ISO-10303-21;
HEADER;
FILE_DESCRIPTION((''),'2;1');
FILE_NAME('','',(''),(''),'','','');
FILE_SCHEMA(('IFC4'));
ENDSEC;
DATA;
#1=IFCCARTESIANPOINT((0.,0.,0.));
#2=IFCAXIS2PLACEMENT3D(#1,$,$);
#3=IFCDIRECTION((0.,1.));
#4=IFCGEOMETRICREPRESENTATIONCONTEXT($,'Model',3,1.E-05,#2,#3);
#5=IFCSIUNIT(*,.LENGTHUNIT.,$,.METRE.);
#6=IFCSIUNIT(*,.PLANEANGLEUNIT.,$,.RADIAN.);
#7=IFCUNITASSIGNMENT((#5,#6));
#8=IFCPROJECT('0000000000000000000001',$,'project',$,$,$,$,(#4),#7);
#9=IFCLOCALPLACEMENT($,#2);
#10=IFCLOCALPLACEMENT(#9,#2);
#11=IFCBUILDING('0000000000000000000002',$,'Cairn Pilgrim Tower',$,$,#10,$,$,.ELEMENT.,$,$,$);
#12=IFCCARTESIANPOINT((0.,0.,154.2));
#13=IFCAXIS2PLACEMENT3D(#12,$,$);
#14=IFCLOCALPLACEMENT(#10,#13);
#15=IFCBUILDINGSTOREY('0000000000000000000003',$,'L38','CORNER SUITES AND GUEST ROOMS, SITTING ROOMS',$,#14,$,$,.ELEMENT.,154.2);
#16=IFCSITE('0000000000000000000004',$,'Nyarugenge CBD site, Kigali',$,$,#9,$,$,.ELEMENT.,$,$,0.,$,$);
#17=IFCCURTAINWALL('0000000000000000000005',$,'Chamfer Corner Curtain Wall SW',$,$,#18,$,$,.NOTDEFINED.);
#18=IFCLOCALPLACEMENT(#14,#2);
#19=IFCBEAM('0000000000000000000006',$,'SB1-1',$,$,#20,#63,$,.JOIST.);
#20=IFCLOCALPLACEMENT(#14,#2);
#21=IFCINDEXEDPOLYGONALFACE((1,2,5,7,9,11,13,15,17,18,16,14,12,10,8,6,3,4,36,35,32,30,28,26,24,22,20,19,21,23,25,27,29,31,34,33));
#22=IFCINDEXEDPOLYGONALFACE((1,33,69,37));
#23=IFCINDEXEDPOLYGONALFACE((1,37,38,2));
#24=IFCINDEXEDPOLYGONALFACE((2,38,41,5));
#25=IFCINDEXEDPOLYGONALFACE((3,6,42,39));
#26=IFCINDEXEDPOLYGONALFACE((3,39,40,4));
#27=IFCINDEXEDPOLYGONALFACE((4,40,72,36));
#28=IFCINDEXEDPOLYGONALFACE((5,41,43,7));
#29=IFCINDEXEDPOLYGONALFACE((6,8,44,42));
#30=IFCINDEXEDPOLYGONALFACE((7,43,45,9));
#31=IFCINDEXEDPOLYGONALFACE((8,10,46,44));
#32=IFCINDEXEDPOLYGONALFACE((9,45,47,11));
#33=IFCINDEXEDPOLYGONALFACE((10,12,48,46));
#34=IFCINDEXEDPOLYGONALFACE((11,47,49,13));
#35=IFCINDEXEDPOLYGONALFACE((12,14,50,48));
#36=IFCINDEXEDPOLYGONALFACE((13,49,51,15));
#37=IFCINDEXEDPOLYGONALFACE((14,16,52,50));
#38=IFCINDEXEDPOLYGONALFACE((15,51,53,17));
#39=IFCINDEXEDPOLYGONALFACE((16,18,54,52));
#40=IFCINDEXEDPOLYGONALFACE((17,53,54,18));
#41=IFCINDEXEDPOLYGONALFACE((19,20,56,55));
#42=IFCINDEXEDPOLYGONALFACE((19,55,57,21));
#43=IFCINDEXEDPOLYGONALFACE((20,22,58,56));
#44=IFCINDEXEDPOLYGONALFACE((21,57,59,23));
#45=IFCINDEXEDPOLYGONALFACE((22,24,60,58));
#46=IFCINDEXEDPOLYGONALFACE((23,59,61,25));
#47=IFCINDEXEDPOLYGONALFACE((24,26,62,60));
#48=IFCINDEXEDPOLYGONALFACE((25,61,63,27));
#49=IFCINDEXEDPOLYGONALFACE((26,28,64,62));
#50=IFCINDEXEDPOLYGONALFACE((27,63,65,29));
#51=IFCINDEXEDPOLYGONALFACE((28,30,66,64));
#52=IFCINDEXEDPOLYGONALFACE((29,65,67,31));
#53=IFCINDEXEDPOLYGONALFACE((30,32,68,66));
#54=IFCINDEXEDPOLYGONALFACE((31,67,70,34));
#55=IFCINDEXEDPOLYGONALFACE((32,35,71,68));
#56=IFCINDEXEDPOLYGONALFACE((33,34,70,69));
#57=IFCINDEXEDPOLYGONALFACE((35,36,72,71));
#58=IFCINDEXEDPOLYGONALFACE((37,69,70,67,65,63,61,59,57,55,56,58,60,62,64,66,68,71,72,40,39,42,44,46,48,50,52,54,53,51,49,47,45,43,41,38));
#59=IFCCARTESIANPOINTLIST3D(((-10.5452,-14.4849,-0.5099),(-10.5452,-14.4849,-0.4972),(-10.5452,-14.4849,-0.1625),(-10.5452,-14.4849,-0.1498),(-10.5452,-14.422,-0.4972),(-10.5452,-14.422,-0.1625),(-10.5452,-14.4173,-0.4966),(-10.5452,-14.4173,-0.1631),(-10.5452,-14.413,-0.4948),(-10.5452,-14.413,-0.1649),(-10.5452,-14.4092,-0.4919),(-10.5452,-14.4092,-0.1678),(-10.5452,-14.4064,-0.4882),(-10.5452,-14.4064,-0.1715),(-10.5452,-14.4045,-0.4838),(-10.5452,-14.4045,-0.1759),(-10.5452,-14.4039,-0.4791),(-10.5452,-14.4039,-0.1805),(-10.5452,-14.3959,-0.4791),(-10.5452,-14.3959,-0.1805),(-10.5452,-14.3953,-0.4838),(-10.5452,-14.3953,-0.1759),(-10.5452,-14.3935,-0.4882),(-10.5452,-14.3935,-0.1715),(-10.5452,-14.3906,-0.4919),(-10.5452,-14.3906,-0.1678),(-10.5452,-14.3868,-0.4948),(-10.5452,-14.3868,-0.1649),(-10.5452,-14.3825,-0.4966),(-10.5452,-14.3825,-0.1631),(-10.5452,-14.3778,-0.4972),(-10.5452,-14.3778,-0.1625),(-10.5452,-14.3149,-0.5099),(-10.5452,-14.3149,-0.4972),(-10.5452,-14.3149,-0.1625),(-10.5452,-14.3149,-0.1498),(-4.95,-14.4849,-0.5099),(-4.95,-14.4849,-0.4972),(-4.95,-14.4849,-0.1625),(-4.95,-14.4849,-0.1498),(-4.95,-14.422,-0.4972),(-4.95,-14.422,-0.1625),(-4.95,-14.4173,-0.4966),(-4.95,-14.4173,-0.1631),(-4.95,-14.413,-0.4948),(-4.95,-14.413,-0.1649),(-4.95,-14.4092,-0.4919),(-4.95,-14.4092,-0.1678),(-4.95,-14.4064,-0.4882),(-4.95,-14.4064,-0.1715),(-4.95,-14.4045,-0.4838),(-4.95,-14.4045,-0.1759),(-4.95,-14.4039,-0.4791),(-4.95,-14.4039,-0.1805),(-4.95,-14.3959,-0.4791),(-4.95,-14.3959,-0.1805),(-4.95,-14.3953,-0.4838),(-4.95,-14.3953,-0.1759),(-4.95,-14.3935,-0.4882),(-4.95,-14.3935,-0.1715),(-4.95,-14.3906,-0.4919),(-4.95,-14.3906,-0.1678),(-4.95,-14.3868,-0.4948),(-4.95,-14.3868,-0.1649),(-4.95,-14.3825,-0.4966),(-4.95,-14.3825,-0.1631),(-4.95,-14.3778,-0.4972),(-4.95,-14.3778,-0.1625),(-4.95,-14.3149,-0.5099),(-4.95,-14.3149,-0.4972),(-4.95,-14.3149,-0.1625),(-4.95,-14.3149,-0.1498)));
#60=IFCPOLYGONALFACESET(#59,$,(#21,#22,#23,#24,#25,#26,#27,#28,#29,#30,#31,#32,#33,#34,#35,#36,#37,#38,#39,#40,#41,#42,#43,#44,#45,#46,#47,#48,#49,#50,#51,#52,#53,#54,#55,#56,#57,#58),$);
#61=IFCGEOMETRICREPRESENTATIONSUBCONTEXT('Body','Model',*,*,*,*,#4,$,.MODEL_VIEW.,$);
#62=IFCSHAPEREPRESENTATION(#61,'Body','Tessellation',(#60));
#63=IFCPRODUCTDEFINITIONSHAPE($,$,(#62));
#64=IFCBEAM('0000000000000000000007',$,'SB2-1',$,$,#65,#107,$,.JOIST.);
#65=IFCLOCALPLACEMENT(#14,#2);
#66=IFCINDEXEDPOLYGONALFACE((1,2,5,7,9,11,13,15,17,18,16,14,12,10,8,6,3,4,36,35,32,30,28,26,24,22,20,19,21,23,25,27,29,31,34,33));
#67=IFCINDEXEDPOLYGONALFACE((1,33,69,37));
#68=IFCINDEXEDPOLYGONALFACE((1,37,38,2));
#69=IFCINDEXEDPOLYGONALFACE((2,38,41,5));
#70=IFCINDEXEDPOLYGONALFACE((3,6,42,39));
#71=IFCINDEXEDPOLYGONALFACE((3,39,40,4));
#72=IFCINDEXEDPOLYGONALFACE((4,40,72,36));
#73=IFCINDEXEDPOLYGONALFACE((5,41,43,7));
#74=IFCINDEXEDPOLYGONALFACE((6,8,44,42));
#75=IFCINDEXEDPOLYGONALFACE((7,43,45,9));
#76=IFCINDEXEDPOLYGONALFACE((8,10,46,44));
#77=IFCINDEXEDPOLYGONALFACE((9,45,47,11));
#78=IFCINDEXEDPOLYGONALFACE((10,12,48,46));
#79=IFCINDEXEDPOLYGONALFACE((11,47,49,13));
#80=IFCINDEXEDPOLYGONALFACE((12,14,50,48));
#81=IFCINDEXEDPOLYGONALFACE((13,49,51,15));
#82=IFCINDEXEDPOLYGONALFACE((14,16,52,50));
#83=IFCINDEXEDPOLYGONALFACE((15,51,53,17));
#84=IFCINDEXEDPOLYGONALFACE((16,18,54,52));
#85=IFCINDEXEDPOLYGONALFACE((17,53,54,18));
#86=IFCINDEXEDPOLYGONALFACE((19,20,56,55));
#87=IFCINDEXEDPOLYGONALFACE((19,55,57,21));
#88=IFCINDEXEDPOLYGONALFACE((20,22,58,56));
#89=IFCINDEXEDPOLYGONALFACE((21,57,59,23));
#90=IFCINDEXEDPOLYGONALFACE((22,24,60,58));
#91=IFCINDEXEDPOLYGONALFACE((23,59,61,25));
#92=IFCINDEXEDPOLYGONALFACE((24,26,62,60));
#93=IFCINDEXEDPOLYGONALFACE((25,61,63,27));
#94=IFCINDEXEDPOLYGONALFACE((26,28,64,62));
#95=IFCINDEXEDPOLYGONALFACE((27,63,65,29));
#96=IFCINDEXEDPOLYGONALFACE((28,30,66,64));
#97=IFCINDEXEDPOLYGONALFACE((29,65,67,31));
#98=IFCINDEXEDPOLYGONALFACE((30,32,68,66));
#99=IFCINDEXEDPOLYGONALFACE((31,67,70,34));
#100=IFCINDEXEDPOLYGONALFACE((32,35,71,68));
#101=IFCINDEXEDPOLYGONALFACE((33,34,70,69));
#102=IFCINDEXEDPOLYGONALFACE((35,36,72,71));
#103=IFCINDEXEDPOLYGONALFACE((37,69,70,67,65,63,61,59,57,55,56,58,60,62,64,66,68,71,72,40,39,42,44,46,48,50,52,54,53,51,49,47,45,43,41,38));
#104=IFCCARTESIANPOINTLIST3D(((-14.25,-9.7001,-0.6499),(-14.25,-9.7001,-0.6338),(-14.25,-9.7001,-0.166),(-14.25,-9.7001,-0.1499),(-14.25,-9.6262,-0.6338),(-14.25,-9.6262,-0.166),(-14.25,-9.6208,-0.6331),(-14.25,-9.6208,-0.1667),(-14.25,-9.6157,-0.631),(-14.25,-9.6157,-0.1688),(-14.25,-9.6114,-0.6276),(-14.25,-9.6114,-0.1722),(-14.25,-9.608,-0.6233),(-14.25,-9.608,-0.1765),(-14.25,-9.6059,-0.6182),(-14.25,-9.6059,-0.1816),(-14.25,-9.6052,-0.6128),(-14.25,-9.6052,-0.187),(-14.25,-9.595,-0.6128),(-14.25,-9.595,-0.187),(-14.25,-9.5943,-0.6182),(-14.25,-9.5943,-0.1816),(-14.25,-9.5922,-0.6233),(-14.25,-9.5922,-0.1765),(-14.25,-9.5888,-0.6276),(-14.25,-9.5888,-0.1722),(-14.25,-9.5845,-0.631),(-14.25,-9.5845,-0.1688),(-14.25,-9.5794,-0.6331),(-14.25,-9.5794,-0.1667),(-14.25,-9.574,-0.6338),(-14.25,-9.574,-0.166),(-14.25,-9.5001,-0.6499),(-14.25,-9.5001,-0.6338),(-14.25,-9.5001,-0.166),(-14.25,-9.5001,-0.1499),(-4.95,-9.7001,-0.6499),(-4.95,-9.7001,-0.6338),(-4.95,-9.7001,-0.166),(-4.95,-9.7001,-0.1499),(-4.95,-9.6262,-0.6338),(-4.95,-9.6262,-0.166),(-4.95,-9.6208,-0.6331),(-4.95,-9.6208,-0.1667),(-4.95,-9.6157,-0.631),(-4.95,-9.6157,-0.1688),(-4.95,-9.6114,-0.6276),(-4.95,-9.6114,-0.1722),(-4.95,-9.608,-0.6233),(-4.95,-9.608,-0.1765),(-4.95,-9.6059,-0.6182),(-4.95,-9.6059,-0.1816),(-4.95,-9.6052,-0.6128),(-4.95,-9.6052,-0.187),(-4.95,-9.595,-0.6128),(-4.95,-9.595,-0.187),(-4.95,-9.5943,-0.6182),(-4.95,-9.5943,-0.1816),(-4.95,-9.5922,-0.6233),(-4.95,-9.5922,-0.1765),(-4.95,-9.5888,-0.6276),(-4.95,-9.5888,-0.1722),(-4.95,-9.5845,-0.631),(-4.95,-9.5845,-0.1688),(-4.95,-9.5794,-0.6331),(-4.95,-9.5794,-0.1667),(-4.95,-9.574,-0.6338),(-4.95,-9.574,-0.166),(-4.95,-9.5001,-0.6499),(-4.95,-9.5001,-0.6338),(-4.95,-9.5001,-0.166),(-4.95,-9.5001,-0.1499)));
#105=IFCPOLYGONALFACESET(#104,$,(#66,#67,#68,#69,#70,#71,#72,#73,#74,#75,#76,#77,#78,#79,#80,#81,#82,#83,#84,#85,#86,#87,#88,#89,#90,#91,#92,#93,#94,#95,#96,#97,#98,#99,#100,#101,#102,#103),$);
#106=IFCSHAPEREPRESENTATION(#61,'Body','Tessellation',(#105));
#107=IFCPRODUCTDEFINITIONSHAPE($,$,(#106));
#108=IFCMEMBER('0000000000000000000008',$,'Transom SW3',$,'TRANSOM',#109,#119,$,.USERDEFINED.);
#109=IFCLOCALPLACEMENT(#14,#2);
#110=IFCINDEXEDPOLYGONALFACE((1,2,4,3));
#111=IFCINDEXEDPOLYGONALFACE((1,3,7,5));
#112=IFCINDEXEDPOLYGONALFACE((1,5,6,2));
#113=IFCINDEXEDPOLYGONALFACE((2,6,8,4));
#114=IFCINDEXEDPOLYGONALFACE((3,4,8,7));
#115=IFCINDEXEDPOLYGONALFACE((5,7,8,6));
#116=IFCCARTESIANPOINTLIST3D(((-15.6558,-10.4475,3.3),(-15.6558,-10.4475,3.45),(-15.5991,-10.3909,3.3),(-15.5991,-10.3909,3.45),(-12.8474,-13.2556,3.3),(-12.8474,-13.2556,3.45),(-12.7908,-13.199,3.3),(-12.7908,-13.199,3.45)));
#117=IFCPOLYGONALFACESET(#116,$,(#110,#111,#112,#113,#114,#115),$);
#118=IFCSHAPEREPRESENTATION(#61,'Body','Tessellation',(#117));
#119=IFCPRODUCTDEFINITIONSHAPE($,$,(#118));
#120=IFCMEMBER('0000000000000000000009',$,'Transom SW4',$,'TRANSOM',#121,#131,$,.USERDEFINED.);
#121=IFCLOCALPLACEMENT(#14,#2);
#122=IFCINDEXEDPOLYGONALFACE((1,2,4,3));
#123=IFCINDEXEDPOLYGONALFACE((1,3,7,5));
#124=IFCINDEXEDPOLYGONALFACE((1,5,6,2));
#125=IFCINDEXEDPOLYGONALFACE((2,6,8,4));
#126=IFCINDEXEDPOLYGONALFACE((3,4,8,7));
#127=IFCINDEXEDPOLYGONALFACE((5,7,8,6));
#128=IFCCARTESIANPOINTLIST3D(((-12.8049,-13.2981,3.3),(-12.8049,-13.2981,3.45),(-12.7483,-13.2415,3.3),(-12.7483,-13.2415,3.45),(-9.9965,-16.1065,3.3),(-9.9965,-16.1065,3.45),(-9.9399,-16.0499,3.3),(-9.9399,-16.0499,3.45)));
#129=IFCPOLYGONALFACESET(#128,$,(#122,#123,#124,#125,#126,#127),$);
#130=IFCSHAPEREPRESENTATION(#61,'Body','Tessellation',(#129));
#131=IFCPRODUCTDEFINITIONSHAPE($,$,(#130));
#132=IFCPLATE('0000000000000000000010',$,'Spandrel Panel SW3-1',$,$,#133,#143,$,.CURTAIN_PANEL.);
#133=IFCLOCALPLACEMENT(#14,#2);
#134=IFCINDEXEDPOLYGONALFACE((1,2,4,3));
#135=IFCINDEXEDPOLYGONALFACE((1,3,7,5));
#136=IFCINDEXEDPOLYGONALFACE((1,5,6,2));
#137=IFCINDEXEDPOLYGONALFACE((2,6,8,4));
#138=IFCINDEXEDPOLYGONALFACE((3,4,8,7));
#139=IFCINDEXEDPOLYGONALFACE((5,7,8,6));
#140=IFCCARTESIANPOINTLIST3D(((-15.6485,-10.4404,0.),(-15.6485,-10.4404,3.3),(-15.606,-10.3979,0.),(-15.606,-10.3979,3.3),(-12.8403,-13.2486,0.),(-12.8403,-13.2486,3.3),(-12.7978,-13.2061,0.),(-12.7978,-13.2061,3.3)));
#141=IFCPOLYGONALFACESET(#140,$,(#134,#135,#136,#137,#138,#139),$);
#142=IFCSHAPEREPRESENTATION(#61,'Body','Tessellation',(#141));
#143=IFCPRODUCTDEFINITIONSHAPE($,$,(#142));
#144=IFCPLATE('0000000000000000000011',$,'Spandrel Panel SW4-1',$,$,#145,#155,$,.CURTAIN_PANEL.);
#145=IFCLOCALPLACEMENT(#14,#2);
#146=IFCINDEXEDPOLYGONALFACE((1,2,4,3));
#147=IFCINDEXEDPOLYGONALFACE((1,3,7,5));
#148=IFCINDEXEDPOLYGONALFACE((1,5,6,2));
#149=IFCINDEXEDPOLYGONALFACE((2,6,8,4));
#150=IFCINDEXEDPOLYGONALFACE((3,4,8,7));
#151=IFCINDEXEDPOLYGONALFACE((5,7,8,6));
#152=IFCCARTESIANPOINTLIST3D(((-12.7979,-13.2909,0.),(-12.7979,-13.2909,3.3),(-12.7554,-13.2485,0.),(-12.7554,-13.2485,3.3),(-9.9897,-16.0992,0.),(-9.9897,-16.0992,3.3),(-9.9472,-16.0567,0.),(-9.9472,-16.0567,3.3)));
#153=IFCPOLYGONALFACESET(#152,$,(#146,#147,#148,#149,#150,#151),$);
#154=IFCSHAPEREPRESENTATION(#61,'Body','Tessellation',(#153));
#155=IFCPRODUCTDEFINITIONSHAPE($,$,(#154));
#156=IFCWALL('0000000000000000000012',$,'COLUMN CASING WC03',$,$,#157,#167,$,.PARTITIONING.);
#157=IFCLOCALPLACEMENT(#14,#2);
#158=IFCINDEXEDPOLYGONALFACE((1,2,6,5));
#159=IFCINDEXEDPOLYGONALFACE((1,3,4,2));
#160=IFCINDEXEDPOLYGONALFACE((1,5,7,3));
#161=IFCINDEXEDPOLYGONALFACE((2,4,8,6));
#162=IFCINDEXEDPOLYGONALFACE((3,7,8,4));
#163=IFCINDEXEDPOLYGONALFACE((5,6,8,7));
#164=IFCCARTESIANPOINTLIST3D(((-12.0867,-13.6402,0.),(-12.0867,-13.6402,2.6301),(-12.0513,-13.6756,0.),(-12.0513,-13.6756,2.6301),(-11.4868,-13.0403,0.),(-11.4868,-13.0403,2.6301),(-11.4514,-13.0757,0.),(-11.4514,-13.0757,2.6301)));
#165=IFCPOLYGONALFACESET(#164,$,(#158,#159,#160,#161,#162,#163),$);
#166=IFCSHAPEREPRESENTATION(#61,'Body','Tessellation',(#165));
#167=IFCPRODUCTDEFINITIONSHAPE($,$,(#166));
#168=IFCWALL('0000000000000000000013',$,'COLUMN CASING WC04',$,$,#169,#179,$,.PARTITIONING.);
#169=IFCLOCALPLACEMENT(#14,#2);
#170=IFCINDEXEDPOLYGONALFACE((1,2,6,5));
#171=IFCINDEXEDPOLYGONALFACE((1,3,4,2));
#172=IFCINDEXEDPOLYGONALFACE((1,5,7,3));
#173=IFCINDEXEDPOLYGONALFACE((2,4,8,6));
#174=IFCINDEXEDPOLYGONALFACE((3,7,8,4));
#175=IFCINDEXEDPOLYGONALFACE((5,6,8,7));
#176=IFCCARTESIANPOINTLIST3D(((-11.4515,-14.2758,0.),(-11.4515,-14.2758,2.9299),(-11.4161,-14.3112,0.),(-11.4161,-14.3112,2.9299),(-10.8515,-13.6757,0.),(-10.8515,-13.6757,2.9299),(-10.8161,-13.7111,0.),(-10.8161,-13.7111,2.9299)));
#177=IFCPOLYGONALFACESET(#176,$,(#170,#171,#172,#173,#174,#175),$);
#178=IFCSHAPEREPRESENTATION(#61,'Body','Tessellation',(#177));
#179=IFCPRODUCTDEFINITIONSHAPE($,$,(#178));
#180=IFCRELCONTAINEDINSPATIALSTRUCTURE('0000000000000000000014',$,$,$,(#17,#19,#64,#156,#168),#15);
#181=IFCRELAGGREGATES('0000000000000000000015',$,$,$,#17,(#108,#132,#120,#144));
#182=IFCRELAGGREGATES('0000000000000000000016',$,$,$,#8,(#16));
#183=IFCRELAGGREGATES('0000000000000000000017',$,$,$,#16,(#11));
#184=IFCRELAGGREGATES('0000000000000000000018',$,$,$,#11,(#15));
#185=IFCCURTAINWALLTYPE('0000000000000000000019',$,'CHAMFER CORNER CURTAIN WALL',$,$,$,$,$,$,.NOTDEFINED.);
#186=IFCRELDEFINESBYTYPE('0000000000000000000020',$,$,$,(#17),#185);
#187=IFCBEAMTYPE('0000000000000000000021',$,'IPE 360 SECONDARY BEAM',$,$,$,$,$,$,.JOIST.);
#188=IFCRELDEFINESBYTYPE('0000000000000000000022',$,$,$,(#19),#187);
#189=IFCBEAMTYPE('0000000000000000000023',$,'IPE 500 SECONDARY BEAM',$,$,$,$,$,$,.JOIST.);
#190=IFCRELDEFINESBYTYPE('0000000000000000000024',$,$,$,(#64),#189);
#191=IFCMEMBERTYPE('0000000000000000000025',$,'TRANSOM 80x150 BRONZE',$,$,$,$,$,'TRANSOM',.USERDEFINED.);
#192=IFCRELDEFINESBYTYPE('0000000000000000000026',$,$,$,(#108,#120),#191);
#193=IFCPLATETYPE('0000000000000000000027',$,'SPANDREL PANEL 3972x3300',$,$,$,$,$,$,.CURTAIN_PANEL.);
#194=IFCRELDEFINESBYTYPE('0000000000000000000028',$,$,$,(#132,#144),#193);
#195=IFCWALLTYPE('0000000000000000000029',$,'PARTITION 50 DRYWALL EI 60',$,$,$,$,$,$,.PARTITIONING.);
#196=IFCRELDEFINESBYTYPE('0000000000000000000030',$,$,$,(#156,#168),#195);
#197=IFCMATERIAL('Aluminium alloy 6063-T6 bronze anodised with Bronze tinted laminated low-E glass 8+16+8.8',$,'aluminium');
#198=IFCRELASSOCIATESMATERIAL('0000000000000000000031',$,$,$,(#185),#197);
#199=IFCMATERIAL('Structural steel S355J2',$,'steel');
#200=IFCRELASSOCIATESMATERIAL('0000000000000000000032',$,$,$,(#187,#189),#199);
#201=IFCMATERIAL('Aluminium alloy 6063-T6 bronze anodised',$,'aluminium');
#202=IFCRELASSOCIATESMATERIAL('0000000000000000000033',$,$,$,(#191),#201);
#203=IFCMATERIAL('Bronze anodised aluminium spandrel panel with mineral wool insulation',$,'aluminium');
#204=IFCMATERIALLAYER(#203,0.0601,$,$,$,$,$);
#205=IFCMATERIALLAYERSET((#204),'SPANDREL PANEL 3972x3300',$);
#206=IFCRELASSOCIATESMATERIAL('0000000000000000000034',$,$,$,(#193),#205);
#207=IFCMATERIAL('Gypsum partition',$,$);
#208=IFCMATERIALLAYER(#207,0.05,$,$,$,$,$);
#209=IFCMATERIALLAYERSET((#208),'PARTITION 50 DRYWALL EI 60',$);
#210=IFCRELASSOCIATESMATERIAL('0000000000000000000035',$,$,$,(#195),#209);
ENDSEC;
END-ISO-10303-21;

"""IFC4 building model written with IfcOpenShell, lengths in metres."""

from ifc_helpers import new_model, si_unit, direction, frame, frame_2d, origin, origin_2d, place, context, subcontext, project, spatial, rectangle, i_section, extrude, material, layer, layer_set, material_profile, profile_set, type_object, element, aggregate, save


model = new_model("IFC4")

# Units and contexts
model_context = context("Model", 3, precision=1e-05, world=origin(), true_north=direction((0.0, 1.0)))
body_context = subcontext(model_context, "Body", "Model", "MODEL_VIEW")
ifc_project = project(units=[si_unit("LENGTHUNIT", "METRE"), si_unit("PLANEANGLEUNIT", "RADIAN")], contexts=[model_context])

# Site, building, storey
site_placement = place(None, origin())
site = spatial("IfcSite", under=ifc_project, at=site_placement, Name="Nyarugenge CBD site, Kigali", CompositionType="ELEMENT", RefElevation=0.0)
building_placement = place(site_placement, origin())
building = spatial("IfcBuilding", under=site, at=building_placement, Name="Cairn Pilgrim Tower", CompositionType="ELEMENT")
storey_placement = place(building_placement, frame((0.0, 0.0, 154.2)))
storey = spatial("IfcBuildingStorey", under=building, at=storey_placement, Name="L38", Description="CORNER SUITES AND GUEST ROOMS, SITTING ROOMS", CompositionType="ELEMENT", Elevation=154.2)

# Shared definitions
ifc_material_1 = material(Name="Structural steel S355J2", Category="steel")

# Shared definitions
ifc_material_2 = material(Name="Aluminium alloy 6063-T6 bronze anodised with Bronze tinted laminated low-E glass 8+16+8.8", Category="aluminium")
ifc_material_3 = material(Name="Aluminium alloy 6063-T6 bronze anodised", Category="aluminium")

# Curtain wall
curtain_wall_type_1 = type_object("IfcCurtainWallType", Name="CHAMFER CORNER CURTAIN WALL", PredefinedType="NOTDEFINED", material=ifc_material_2)
curtain_wall_1_placement = place(storey_placement, origin())
curtain_wall_1 = element("IfcCurtainWall", 1, at=curtain_wall_1_placement, inside=storey, type_object=curtain_wall_type_1, Name="Chamfer Corner Curtain Wall SW", PredefinedType="NOTDEFINED")

# Beams
ifc_material_profile_1 = material_profile(ifc_material_1, i_section(OverallWidth=0.1699, OverallDepth=0.3601, WebThickness=0.0081, FlangeThickness=0.0127, FilletRadius=0.0181, at=origin_2d()), Name="IPE 360")
ifc_profile_set_1 = profile_set([ifc_material_profile_1], Name="Structural steel S355J2")
beam_type_1 = type_object("IfcBeamType", Name="IPE 360 SECONDARY BEAM", PredefinedType="JOIST", material=ifc_profile_set_1)
beam_1_placement = place(storey_placement, frame((-10.5452, -14.3999, -0.3298), z_axis=(1.0, 0.0, 0.0), x_axis=(0.0, 1.0, 0.0)))
element("IfcBeam", 2, at=beam_1_placement, inside=storey, type_object=beam_type_1, Name="SB1-1", PredefinedType="JOIST", context=body_context, shape_type="SweptSolid", body=[
    extrude(i_section(OverallWidth=0.1699, OverallDepth=0.3601, WebThickness=0.0081, FlangeThickness=0.0127, FilletRadius=0.0181, at=origin_2d()), origin(), (0.0, 0.0, 1.0), 5.5952),
])
ifc_material_profile_2 = material_profile(ifc_material_1, i_section(OverallWidth=0.2, OverallDepth=0.5, WebThickness=0.0103, FlangeThickness=0.0161, FilletRadius=0.021, at=origin_2d()), Name="IPE 500")
ifc_profile_set_2 = profile_set([ifc_material_profile_2], Name="Structural steel S355J2")
beam_type_2 = type_object("IfcBeamType", Name="IPE 500 SECONDARY BEAM", PredefinedType="JOIST", material=ifc_profile_set_2)
beam_2_placement = place(storey_placement, frame((-14.25, -9.6001, -0.3999), z_axis=(1.0, 0.0, 0.0), x_axis=(0.0, 1.0, 0.0)))
element("IfcBeam", 3, at=beam_2_placement, inside=storey, type_object=beam_type_2, Name="SB2-1", PredefinedType="JOIST", context=body_context, shape_type="SweptSolid", body=[
    extrude(i_section(OverallWidth=0.2, OverallDepth=0.5, WebThickness=0.0103, FlangeThickness=0.0161, FilletRadius=0.021, at=origin_2d()), origin(), (0.0, 0.0, 1.0), 9.3),
])

# Members
ifc_material_profile_3 = material_profile(ifc_material_3, rectangle(XDim=0.0801, YDim=0.1499, at=origin_2d()), Name="TRANSOM 80x150 BRONZE")
ifc_profile_set_3 = profile_set([ifc_material_profile_3], Name="Aluminium alloy 6063-T6 bronze anodised")
member_type_1 = type_object("IfcMemberType", Name="TRANSOM 80x150 BRONZE", ElementType="TRANSOM", PredefinedType="USERDEFINED", material=ifc_profile_set_3)
member_1_placement = place(storey_placement, frame((-15.6274, -10.4192, 3.375), z_axis=(0.707138, -0.707076, 0.0), x_axis=(0.707076, 0.707138, 0.0)))
member_1 = element("IfcMember", 4, at=member_1_placement, type_object=member_type_1, Name="Transom SW3", ObjectType="TRANSOM", PredefinedType="USERDEFINED", context=body_context, shape_type="SweptSolid", body=[
    extrude(rectangle(XDim=0.0801, YDim=0.1499, at=origin_2d()), origin(), (0.0, 0.0, 1.0), 3.9714),
])
member_2_placement = place(storey_placement, frame((-12.7766, -13.2698, 3.375), z_axis=(0.707107, -0.707107, 0.0), x_axis=(0.707107, 0.707107, 0.0)))
member_2 = element("IfcMember", 5, at=member_2_placement, type_object=member_type_1, Name="Transom SW4", ObjectType="TRANSOM", PredefinedType="USERDEFINED", context=body_context, shape_type="SweptSolid", body=[
    extrude(rectangle(XDim=0.0801, YDim=0.1499, at=origin_2d()), origin(), (0.0, 0.0, 1.0), 3.9717),
])

# Plates
ifc_material_4 = material(Name="Bronze anodised aluminium spandrel panel with mineral wool insulation", Category="aluminium")
ifc_layer_1 = layer(ifc_material_4, 0.0601)
ifc_layer_set_1 = layer_set([ifc_layer_1], Name="SPANDREL PANEL 3972x3300")
plate_type = type_object("IfcPlateType", Name="SPANDREL PANEL 3972x3300", PredefinedType="CURTAIN_PANEL", material=ifc_layer_set_1)
plate_1_placement = place(storey_placement, frame((-14.2231, -11.8232, 0.0), z_axis=(0.0, 0.0, 1.0), x_axis=(0.707107, -0.707107, 0.0)))
plate_1 = element("IfcPlate", 6, at=plate_1_placement, type_object=plate_type, Name="Spandrel Panel SW3-1", PredefinedType="CURTAIN_PANEL", context=body_context, shape_type="SweptSolid", body=[
    extrude(rectangle(XDim=3.9714, YDim=0.0601, at=origin_2d()), origin(), (0.0, 0.0, 1.0), 3.3),
])
plate_2_placement = place(storey_placement, frame((-11.3726, -14.6738, 0.0), z_axis=(0.0, 0.0, 1.0), x_axis=(0.707107, -0.707107, 0.0)))
plate_2 = element("IfcPlate", 7, at=plate_2_placement, type_object=plate_type, Name="Spandrel Panel SW4-1", PredefinedType="CURTAIN_PANEL", context=body_context, shape_type="SweptSolid", body=[
    extrude(rectangle(XDim=3.9714, YDim=0.0601, at=origin_2d()), origin(), (0.0, 0.0, 1.0), 3.3),
])
aggregate(curtain_wall_1, [member_1, plate_1, member_2, plate_2])

# Walls
ifc_material_5 = material(Name="Gypsum partition")
ifc_layer_2 = layer(ifc_material_5, 0.05)
ifc_layer_set_2 = layer_set([ifc_layer_2], Name="PARTITION 50 DRYWALL EI 60")
wall_type_1 = type_object("IfcWallType", Name="PARTITION 50 DRYWALL EI 60", PredefinedType="PARTITIONING", material=ifc_layer_set_2)
wall_1_placement = place(storey_placement, frame((-12.0691, -13.658, 0.0), z_axis=(0.0, 0.0, 1.0), x_axis=(0.707107, 0.707107, 0.0)))
element("IfcWall", 8, at=wall_1_placement, inside=storey, type_object=wall_type_1, Name="COLUMN CASING WC03", PredefinedType="PARTITIONING", context=body_context, shape_type="SweptSolid", body=[
    extrude(rectangle(XDim=0.8484, YDim=0.05, at=frame_2d((0.4243, 0.0))), origin(), (0.0, 0.0, 1.0), 2.6301),
])
wall_2_placement = place(storey_placement, frame((-11.4338, -14.2935, 0.0), z_axis=(0.0, 0.0, 1.0), x_axis=(0.707107, 0.707107, 0.0)))
element("IfcWall", 9, at=wall_2_placement, inside=storey, type_object=wall_type_1, Name="COLUMN CASING WC04", PredefinedType="PARTITIONING", context=body_context, shape_type="SweptSolid", body=[
    extrude(rectangle(XDim=0.8486, YDim=0.05, at=frame_2d((0.4243, 0.0))), origin(), (0.0, 0.0, 1.0), 2.9299),
])

save(model, "model.ifc")
